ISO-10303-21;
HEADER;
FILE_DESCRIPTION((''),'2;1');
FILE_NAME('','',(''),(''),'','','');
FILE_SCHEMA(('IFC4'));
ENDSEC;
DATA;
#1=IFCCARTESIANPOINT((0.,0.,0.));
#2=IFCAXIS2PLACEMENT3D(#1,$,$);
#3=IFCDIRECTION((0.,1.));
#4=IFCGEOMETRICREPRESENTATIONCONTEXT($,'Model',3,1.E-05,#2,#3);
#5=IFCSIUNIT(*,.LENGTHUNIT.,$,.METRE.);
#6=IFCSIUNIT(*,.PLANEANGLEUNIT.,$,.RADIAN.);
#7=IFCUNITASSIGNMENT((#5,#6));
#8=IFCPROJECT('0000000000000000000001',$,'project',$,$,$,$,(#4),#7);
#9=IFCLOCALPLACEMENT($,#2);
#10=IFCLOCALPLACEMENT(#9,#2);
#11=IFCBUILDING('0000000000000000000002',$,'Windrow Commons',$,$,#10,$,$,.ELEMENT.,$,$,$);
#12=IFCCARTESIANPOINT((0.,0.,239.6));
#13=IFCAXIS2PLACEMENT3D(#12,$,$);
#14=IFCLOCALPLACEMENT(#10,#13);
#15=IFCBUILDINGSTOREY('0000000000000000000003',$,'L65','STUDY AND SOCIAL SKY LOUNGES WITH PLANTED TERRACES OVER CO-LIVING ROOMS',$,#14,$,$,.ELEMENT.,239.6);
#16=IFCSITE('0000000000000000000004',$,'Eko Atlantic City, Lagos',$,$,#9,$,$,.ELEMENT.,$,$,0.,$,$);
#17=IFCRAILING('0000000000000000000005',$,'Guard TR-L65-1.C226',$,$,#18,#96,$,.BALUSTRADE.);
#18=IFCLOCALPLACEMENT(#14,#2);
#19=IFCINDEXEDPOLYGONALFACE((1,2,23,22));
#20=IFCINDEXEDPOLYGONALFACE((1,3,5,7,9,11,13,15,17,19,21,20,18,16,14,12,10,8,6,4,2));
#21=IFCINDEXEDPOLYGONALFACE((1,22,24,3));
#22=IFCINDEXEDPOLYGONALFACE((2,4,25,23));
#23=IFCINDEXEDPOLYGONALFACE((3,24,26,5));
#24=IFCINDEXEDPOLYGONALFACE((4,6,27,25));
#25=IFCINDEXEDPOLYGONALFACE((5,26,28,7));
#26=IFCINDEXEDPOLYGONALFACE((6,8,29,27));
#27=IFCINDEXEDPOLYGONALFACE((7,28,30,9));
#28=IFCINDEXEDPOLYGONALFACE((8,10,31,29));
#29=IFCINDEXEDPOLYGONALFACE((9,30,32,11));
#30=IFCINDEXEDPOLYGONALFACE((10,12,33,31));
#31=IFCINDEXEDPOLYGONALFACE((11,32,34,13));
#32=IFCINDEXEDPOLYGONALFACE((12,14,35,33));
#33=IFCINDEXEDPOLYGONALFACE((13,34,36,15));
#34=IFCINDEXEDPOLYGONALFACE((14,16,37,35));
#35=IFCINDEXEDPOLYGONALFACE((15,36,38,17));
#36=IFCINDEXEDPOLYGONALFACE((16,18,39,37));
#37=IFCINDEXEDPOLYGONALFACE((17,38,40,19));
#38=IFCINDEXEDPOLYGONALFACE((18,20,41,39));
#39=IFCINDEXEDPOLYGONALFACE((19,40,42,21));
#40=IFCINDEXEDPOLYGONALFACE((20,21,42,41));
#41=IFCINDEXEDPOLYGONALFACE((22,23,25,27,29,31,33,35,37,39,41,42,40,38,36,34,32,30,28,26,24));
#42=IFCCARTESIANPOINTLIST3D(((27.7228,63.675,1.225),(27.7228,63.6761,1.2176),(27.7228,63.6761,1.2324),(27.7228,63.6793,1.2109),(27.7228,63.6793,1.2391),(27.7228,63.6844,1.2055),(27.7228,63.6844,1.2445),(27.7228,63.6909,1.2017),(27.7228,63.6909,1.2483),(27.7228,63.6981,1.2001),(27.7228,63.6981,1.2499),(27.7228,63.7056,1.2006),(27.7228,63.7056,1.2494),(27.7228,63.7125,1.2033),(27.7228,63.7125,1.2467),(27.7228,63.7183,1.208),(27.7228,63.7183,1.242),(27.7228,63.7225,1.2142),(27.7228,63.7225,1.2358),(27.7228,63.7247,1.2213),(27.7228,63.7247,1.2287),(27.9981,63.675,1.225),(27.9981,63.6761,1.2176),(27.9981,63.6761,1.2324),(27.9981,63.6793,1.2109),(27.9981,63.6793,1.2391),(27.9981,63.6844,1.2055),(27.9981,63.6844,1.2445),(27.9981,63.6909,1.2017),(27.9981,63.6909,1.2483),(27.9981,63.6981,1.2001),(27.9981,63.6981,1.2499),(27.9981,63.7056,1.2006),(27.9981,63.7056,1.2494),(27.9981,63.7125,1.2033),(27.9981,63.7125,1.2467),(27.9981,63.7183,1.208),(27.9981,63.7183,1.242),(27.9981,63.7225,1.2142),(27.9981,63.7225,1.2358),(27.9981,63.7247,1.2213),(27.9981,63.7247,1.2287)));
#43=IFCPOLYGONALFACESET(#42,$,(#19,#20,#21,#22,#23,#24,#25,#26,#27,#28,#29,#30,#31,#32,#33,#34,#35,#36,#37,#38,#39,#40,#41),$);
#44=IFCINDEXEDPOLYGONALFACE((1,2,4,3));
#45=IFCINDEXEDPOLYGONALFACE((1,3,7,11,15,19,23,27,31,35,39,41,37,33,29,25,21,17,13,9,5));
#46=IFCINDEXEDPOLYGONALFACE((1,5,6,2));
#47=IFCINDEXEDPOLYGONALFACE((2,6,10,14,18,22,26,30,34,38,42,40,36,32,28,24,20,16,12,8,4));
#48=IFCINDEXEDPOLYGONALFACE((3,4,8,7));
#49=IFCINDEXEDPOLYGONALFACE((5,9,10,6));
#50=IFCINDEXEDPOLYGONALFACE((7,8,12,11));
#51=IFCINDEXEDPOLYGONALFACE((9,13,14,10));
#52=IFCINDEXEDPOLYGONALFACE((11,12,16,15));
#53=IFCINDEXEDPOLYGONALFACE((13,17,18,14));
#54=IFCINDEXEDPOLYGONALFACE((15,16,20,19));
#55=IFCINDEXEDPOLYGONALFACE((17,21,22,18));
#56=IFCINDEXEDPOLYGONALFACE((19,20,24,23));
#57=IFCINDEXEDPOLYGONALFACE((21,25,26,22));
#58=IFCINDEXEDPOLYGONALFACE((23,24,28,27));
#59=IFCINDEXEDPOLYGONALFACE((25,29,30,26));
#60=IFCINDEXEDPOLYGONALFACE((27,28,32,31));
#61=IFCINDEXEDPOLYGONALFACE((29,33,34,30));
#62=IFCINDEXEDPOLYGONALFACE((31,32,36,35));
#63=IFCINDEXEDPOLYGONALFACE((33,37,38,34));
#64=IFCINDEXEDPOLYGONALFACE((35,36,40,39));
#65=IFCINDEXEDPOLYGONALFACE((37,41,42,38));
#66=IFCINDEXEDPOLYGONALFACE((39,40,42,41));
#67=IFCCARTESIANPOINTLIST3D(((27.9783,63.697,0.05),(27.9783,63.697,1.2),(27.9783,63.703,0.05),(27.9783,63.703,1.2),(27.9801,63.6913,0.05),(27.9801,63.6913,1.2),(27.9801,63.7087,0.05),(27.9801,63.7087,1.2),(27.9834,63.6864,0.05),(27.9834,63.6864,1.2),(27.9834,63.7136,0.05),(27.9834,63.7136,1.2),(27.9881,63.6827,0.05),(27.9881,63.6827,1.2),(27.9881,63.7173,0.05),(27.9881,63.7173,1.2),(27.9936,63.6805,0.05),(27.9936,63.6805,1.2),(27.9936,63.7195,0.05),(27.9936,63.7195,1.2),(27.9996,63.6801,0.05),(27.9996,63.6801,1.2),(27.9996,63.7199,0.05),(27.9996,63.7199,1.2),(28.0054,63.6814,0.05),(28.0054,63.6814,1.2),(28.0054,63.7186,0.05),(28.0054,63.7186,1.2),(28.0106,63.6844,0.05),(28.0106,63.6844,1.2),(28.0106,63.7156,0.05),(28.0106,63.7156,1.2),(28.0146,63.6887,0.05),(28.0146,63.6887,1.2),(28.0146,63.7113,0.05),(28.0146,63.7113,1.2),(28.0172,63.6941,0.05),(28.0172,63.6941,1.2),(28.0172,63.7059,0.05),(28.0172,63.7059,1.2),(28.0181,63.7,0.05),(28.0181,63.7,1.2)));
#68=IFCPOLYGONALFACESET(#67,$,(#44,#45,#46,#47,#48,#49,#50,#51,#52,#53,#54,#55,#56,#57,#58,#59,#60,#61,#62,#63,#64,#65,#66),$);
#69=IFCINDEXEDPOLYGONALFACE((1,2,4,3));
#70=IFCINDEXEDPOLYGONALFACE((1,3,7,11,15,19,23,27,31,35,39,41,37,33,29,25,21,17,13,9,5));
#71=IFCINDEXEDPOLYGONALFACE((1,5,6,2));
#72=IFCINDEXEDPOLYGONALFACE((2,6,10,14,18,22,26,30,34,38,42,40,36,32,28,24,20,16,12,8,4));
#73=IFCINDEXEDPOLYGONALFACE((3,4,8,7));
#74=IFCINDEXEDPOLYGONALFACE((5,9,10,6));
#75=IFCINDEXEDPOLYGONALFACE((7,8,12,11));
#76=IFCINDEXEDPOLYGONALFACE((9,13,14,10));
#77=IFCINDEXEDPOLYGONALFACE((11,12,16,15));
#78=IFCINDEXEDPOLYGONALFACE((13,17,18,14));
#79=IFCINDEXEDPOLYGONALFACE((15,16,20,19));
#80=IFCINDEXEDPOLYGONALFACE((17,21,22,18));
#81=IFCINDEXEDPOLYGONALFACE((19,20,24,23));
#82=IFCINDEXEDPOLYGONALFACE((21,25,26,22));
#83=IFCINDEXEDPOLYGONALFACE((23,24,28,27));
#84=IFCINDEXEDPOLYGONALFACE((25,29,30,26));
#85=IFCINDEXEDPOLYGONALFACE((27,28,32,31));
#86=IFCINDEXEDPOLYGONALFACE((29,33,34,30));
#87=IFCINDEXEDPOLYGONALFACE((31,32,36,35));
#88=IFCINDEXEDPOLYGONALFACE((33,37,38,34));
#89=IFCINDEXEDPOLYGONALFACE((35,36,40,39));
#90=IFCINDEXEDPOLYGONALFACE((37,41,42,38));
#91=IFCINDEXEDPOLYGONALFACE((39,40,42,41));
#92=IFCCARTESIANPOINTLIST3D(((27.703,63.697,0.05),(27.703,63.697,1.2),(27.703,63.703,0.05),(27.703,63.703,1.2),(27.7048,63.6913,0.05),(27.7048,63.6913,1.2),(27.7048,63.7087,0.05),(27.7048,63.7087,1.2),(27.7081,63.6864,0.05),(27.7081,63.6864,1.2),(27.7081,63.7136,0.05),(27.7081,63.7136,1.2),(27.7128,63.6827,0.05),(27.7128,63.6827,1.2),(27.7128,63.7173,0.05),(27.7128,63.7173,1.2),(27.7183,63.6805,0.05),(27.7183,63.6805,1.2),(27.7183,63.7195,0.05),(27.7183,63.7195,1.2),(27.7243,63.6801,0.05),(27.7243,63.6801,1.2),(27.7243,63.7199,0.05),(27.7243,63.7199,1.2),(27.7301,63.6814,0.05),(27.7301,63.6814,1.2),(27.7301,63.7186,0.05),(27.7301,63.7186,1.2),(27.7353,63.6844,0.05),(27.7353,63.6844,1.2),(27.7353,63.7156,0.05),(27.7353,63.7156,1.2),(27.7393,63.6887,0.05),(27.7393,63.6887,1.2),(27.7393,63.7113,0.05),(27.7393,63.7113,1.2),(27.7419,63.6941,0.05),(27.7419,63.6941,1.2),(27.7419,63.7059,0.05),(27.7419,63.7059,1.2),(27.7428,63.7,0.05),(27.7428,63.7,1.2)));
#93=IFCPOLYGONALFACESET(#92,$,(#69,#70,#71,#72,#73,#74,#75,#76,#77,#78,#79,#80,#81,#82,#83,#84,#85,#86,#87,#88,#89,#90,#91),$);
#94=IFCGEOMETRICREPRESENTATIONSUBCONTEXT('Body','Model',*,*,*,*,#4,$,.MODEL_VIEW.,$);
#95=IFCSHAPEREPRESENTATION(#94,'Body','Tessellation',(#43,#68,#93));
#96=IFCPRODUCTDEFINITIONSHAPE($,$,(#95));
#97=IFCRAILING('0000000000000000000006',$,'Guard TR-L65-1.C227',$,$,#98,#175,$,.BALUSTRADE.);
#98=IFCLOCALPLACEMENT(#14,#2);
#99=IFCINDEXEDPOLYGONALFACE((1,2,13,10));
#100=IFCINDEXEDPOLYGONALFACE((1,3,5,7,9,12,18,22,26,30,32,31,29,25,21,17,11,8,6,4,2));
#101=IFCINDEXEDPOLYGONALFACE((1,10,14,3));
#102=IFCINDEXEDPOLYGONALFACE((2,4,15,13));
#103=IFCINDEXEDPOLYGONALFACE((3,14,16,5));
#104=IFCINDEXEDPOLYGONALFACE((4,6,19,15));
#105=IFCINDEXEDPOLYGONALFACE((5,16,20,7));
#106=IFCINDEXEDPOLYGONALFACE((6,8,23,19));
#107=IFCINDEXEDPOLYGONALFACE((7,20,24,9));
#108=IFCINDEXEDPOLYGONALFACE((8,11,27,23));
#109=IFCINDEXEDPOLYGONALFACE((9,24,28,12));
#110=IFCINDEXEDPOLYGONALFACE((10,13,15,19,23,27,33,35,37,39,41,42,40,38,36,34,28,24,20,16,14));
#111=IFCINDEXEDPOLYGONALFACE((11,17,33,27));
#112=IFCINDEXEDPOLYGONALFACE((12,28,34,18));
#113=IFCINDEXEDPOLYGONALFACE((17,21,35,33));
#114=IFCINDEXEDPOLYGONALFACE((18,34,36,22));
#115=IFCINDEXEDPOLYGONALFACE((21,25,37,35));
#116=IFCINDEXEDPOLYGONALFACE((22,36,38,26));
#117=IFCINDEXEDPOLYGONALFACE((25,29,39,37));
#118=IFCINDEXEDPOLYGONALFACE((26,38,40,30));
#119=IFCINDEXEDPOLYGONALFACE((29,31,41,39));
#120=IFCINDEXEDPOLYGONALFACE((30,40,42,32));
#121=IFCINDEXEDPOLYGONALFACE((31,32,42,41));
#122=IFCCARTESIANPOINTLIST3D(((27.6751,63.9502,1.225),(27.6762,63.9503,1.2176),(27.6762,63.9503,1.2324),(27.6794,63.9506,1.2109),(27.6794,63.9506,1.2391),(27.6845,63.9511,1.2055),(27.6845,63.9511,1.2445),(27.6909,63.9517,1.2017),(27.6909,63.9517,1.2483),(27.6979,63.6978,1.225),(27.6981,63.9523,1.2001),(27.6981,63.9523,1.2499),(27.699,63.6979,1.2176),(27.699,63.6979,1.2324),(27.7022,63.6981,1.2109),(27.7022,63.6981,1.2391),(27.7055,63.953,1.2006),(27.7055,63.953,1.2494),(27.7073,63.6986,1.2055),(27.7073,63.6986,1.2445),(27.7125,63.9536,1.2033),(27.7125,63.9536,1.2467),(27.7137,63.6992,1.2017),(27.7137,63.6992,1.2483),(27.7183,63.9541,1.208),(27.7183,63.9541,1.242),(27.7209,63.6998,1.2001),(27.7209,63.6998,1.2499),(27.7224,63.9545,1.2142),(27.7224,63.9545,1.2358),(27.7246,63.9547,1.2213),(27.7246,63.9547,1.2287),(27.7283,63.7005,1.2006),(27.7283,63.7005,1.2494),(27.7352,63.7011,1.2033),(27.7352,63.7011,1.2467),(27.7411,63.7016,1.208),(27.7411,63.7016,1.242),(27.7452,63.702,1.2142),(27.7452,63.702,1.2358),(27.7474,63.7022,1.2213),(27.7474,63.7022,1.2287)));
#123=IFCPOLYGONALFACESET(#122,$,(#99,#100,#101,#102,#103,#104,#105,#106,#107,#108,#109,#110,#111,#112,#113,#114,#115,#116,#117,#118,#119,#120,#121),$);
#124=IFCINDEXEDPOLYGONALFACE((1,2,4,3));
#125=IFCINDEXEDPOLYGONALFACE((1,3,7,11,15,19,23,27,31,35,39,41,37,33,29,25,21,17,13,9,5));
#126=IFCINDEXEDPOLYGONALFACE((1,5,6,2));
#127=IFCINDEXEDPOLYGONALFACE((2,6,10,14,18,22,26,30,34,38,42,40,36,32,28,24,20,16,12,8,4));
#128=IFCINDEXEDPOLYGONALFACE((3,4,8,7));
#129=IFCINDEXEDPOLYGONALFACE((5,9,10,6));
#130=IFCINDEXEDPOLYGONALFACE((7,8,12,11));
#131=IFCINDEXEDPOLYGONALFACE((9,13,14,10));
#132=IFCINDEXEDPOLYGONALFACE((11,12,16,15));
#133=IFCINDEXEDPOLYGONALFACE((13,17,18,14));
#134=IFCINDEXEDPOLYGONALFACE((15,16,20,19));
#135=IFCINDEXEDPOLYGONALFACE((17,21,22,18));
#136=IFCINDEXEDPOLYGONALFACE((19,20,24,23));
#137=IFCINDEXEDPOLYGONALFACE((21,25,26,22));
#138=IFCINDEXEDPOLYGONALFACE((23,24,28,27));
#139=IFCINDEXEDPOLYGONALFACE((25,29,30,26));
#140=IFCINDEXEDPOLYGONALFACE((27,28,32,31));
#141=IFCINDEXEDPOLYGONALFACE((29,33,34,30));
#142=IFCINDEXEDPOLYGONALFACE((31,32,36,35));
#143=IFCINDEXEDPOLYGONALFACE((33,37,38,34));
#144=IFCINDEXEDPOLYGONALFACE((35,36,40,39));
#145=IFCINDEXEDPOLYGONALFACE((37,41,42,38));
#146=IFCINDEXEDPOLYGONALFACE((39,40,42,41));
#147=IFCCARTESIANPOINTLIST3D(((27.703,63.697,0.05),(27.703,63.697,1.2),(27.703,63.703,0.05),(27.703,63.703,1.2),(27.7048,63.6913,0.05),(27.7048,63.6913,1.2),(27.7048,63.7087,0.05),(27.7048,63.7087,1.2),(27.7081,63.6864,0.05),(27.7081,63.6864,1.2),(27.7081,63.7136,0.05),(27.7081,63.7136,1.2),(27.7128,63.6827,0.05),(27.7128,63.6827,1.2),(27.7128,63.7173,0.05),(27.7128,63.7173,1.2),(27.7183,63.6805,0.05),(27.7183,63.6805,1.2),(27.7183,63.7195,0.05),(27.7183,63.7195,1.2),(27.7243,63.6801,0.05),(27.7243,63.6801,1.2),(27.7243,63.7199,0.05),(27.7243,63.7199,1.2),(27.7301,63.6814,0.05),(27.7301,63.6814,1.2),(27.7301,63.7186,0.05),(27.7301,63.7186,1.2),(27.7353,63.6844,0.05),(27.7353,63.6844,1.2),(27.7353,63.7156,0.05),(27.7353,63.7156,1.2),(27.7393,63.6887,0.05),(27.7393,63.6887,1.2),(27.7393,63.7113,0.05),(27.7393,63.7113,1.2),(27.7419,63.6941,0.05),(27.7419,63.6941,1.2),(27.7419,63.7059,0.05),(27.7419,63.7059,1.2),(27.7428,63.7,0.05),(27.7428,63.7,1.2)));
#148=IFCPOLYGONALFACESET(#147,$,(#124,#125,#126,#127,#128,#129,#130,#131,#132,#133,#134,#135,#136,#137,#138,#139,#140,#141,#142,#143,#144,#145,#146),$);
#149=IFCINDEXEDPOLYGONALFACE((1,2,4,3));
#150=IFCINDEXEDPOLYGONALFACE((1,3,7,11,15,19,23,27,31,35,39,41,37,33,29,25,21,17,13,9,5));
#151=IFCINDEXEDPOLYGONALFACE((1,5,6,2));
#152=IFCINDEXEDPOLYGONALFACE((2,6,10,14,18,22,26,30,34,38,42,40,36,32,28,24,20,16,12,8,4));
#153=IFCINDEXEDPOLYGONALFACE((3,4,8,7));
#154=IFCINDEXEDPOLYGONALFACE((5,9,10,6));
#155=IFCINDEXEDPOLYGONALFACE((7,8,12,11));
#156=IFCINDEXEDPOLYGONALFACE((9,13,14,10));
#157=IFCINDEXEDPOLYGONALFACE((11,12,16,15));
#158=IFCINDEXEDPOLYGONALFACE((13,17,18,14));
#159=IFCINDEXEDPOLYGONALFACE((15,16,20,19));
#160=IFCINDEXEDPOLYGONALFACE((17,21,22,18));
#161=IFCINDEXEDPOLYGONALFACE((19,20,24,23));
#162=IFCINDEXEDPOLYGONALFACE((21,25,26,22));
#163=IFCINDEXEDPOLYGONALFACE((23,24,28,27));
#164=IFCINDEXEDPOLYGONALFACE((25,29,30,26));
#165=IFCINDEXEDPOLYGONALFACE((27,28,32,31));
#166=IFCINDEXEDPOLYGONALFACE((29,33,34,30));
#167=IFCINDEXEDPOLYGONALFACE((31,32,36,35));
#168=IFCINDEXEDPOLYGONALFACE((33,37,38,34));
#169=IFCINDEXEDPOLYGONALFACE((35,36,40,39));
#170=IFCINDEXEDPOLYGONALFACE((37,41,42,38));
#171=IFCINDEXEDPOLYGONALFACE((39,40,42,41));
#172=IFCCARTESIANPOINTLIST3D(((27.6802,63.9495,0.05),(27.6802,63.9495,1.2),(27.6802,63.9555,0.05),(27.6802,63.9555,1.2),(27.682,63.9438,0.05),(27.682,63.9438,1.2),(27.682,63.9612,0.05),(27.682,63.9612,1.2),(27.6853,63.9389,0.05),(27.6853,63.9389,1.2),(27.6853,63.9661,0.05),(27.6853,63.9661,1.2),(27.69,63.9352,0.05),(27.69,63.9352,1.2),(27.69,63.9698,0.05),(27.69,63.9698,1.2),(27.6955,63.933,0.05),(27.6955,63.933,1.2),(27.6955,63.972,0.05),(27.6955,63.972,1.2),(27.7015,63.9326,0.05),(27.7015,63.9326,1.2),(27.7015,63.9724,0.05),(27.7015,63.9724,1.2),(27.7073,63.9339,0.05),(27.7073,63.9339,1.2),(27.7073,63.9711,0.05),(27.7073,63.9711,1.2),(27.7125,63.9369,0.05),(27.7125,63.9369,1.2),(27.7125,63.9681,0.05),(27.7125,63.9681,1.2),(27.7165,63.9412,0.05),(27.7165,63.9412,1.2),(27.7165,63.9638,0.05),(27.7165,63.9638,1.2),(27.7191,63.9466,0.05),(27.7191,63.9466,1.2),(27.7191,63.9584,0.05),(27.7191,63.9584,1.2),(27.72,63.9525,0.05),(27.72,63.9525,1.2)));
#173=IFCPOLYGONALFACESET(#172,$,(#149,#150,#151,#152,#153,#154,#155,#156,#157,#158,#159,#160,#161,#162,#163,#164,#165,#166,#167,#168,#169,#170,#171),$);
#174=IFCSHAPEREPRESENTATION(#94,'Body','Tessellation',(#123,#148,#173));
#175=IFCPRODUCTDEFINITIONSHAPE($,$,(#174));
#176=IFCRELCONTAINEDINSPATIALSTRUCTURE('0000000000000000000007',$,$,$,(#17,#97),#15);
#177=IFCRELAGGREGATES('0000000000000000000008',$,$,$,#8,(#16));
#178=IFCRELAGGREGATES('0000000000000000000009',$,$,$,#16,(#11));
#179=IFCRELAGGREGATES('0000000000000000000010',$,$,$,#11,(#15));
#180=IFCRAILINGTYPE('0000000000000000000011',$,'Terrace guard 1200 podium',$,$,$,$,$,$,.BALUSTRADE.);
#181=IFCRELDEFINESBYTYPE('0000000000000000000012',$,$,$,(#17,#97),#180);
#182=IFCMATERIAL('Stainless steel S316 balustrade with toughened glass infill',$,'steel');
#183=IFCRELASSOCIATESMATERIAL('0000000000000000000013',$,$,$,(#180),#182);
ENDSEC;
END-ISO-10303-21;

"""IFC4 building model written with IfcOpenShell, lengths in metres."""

from ifc_helpers import new_model, si_unit, direction, frame, origin, origin_2d, place, context, subcontext, project, spatial, circle, extrude, material, type_object, element, save


model = new_model("IFC4")

# Units and contexts
model_context = context("Model", 3, precision=1e-05, world=origin(), true_north=direction((0.0, 1.0)))
body_context = subcontext(model_context, "Body", "Model", "MODEL_VIEW")
ifc_project = project(units=[si_unit("LENGTHUNIT", "METRE"), si_unit("PLANEANGLEUNIT", "RADIAN")], contexts=[model_context])

# Site, building, storey
site_placement = place(None, origin())
site = spatial("IfcSite", under=ifc_project, at=site_placement, Name="Eko Atlantic City, Lagos", CompositionType="ELEMENT", RefElevation=0.0)
building_placement = place(site_placement, origin())
building = spatial("IfcBuilding", under=site, at=building_placement, Name="Windrow Commons", CompositionType="ELEMENT")
storey_placement = place(building_placement, frame((0.0, 0.0, 239.6)))
storey = spatial("IfcBuildingStorey", under=building, at=storey_placement, Name="L65", Description="STUDY AND SOCIAL SKY LOUNGES WITH PLANTED TERRACES OVER CO-LIVING ROOMS", CompositionType="ELEMENT", Elevation=239.6)

# Railings
ifc_material_1 = material(Name="Stainless steel S316 balustrade with toughened glass infill", Category="steel")
railing_type = type_object("IfcRailingType", Name="Terrace guard 1200 podium", PredefinedType="BALUSTRADE", material=ifc_material_1)
railing_1_placement = place(storey_placement, frame((27.9981, 63.7, 0.05)))
element("IfcRailing", 1, at=railing_1_placement, inside=storey, type_object=railing_type, Name="Guard TR-L65-1.C226", PredefinedType="BALUSTRADE", context=body_context, shape_type="SweptSolid", body=[
    extrude(circle(Radius=0.025, at=origin_2d()), frame((0.0, 0.0, 1.175), z_axis=(-1.0, 0.0, 0.0), x_axis=(0.0, -1.0, 0.0)), (0.0, 0.0, 1.0), 0.2753),
    extrude(circle(Radius=0.02, at=origin_2d()), origin(), (0.0, 0.0, 1.0), 1.15),
    extrude(circle(Radius=0.02, at=origin_2d()), frame((-0.2753, 0.0, 0.0)), (0.0, 0.0, 1.0), 1.15),
])
railing_2_placement = place(storey_placement, frame((27.7228, 63.7, 0.05)))
element("IfcRailing", 2, at=railing_2_placement, inside=storey, type_object=railing_type, Name="Guard TR-L65-1.C227", PredefinedType="BALUSTRADE", context=body_context, shape_type="SweptSolid", body=[
    extrude(circle(Radius=0.025, at=origin_2d()), frame((0.0, 0.0, 1.175), z_axis=(-0.089931, 0.995948, 0.0), x_axis=(-0.995948, -0.089931, 0.0)), (0.0, 0.0, 1.0), 0.2535),
    extrude(circle(Radius=0.02, at=origin_2d()), origin(), (0.0, 0.0, 1.0), 1.15),
    extrude(circle(Radius=0.02, at=origin_2d()), frame((-0.0228, 0.2525, 0.0)), (0.0, 0.0, 1.0), 1.15),
])

save(model, "model.ifc")
